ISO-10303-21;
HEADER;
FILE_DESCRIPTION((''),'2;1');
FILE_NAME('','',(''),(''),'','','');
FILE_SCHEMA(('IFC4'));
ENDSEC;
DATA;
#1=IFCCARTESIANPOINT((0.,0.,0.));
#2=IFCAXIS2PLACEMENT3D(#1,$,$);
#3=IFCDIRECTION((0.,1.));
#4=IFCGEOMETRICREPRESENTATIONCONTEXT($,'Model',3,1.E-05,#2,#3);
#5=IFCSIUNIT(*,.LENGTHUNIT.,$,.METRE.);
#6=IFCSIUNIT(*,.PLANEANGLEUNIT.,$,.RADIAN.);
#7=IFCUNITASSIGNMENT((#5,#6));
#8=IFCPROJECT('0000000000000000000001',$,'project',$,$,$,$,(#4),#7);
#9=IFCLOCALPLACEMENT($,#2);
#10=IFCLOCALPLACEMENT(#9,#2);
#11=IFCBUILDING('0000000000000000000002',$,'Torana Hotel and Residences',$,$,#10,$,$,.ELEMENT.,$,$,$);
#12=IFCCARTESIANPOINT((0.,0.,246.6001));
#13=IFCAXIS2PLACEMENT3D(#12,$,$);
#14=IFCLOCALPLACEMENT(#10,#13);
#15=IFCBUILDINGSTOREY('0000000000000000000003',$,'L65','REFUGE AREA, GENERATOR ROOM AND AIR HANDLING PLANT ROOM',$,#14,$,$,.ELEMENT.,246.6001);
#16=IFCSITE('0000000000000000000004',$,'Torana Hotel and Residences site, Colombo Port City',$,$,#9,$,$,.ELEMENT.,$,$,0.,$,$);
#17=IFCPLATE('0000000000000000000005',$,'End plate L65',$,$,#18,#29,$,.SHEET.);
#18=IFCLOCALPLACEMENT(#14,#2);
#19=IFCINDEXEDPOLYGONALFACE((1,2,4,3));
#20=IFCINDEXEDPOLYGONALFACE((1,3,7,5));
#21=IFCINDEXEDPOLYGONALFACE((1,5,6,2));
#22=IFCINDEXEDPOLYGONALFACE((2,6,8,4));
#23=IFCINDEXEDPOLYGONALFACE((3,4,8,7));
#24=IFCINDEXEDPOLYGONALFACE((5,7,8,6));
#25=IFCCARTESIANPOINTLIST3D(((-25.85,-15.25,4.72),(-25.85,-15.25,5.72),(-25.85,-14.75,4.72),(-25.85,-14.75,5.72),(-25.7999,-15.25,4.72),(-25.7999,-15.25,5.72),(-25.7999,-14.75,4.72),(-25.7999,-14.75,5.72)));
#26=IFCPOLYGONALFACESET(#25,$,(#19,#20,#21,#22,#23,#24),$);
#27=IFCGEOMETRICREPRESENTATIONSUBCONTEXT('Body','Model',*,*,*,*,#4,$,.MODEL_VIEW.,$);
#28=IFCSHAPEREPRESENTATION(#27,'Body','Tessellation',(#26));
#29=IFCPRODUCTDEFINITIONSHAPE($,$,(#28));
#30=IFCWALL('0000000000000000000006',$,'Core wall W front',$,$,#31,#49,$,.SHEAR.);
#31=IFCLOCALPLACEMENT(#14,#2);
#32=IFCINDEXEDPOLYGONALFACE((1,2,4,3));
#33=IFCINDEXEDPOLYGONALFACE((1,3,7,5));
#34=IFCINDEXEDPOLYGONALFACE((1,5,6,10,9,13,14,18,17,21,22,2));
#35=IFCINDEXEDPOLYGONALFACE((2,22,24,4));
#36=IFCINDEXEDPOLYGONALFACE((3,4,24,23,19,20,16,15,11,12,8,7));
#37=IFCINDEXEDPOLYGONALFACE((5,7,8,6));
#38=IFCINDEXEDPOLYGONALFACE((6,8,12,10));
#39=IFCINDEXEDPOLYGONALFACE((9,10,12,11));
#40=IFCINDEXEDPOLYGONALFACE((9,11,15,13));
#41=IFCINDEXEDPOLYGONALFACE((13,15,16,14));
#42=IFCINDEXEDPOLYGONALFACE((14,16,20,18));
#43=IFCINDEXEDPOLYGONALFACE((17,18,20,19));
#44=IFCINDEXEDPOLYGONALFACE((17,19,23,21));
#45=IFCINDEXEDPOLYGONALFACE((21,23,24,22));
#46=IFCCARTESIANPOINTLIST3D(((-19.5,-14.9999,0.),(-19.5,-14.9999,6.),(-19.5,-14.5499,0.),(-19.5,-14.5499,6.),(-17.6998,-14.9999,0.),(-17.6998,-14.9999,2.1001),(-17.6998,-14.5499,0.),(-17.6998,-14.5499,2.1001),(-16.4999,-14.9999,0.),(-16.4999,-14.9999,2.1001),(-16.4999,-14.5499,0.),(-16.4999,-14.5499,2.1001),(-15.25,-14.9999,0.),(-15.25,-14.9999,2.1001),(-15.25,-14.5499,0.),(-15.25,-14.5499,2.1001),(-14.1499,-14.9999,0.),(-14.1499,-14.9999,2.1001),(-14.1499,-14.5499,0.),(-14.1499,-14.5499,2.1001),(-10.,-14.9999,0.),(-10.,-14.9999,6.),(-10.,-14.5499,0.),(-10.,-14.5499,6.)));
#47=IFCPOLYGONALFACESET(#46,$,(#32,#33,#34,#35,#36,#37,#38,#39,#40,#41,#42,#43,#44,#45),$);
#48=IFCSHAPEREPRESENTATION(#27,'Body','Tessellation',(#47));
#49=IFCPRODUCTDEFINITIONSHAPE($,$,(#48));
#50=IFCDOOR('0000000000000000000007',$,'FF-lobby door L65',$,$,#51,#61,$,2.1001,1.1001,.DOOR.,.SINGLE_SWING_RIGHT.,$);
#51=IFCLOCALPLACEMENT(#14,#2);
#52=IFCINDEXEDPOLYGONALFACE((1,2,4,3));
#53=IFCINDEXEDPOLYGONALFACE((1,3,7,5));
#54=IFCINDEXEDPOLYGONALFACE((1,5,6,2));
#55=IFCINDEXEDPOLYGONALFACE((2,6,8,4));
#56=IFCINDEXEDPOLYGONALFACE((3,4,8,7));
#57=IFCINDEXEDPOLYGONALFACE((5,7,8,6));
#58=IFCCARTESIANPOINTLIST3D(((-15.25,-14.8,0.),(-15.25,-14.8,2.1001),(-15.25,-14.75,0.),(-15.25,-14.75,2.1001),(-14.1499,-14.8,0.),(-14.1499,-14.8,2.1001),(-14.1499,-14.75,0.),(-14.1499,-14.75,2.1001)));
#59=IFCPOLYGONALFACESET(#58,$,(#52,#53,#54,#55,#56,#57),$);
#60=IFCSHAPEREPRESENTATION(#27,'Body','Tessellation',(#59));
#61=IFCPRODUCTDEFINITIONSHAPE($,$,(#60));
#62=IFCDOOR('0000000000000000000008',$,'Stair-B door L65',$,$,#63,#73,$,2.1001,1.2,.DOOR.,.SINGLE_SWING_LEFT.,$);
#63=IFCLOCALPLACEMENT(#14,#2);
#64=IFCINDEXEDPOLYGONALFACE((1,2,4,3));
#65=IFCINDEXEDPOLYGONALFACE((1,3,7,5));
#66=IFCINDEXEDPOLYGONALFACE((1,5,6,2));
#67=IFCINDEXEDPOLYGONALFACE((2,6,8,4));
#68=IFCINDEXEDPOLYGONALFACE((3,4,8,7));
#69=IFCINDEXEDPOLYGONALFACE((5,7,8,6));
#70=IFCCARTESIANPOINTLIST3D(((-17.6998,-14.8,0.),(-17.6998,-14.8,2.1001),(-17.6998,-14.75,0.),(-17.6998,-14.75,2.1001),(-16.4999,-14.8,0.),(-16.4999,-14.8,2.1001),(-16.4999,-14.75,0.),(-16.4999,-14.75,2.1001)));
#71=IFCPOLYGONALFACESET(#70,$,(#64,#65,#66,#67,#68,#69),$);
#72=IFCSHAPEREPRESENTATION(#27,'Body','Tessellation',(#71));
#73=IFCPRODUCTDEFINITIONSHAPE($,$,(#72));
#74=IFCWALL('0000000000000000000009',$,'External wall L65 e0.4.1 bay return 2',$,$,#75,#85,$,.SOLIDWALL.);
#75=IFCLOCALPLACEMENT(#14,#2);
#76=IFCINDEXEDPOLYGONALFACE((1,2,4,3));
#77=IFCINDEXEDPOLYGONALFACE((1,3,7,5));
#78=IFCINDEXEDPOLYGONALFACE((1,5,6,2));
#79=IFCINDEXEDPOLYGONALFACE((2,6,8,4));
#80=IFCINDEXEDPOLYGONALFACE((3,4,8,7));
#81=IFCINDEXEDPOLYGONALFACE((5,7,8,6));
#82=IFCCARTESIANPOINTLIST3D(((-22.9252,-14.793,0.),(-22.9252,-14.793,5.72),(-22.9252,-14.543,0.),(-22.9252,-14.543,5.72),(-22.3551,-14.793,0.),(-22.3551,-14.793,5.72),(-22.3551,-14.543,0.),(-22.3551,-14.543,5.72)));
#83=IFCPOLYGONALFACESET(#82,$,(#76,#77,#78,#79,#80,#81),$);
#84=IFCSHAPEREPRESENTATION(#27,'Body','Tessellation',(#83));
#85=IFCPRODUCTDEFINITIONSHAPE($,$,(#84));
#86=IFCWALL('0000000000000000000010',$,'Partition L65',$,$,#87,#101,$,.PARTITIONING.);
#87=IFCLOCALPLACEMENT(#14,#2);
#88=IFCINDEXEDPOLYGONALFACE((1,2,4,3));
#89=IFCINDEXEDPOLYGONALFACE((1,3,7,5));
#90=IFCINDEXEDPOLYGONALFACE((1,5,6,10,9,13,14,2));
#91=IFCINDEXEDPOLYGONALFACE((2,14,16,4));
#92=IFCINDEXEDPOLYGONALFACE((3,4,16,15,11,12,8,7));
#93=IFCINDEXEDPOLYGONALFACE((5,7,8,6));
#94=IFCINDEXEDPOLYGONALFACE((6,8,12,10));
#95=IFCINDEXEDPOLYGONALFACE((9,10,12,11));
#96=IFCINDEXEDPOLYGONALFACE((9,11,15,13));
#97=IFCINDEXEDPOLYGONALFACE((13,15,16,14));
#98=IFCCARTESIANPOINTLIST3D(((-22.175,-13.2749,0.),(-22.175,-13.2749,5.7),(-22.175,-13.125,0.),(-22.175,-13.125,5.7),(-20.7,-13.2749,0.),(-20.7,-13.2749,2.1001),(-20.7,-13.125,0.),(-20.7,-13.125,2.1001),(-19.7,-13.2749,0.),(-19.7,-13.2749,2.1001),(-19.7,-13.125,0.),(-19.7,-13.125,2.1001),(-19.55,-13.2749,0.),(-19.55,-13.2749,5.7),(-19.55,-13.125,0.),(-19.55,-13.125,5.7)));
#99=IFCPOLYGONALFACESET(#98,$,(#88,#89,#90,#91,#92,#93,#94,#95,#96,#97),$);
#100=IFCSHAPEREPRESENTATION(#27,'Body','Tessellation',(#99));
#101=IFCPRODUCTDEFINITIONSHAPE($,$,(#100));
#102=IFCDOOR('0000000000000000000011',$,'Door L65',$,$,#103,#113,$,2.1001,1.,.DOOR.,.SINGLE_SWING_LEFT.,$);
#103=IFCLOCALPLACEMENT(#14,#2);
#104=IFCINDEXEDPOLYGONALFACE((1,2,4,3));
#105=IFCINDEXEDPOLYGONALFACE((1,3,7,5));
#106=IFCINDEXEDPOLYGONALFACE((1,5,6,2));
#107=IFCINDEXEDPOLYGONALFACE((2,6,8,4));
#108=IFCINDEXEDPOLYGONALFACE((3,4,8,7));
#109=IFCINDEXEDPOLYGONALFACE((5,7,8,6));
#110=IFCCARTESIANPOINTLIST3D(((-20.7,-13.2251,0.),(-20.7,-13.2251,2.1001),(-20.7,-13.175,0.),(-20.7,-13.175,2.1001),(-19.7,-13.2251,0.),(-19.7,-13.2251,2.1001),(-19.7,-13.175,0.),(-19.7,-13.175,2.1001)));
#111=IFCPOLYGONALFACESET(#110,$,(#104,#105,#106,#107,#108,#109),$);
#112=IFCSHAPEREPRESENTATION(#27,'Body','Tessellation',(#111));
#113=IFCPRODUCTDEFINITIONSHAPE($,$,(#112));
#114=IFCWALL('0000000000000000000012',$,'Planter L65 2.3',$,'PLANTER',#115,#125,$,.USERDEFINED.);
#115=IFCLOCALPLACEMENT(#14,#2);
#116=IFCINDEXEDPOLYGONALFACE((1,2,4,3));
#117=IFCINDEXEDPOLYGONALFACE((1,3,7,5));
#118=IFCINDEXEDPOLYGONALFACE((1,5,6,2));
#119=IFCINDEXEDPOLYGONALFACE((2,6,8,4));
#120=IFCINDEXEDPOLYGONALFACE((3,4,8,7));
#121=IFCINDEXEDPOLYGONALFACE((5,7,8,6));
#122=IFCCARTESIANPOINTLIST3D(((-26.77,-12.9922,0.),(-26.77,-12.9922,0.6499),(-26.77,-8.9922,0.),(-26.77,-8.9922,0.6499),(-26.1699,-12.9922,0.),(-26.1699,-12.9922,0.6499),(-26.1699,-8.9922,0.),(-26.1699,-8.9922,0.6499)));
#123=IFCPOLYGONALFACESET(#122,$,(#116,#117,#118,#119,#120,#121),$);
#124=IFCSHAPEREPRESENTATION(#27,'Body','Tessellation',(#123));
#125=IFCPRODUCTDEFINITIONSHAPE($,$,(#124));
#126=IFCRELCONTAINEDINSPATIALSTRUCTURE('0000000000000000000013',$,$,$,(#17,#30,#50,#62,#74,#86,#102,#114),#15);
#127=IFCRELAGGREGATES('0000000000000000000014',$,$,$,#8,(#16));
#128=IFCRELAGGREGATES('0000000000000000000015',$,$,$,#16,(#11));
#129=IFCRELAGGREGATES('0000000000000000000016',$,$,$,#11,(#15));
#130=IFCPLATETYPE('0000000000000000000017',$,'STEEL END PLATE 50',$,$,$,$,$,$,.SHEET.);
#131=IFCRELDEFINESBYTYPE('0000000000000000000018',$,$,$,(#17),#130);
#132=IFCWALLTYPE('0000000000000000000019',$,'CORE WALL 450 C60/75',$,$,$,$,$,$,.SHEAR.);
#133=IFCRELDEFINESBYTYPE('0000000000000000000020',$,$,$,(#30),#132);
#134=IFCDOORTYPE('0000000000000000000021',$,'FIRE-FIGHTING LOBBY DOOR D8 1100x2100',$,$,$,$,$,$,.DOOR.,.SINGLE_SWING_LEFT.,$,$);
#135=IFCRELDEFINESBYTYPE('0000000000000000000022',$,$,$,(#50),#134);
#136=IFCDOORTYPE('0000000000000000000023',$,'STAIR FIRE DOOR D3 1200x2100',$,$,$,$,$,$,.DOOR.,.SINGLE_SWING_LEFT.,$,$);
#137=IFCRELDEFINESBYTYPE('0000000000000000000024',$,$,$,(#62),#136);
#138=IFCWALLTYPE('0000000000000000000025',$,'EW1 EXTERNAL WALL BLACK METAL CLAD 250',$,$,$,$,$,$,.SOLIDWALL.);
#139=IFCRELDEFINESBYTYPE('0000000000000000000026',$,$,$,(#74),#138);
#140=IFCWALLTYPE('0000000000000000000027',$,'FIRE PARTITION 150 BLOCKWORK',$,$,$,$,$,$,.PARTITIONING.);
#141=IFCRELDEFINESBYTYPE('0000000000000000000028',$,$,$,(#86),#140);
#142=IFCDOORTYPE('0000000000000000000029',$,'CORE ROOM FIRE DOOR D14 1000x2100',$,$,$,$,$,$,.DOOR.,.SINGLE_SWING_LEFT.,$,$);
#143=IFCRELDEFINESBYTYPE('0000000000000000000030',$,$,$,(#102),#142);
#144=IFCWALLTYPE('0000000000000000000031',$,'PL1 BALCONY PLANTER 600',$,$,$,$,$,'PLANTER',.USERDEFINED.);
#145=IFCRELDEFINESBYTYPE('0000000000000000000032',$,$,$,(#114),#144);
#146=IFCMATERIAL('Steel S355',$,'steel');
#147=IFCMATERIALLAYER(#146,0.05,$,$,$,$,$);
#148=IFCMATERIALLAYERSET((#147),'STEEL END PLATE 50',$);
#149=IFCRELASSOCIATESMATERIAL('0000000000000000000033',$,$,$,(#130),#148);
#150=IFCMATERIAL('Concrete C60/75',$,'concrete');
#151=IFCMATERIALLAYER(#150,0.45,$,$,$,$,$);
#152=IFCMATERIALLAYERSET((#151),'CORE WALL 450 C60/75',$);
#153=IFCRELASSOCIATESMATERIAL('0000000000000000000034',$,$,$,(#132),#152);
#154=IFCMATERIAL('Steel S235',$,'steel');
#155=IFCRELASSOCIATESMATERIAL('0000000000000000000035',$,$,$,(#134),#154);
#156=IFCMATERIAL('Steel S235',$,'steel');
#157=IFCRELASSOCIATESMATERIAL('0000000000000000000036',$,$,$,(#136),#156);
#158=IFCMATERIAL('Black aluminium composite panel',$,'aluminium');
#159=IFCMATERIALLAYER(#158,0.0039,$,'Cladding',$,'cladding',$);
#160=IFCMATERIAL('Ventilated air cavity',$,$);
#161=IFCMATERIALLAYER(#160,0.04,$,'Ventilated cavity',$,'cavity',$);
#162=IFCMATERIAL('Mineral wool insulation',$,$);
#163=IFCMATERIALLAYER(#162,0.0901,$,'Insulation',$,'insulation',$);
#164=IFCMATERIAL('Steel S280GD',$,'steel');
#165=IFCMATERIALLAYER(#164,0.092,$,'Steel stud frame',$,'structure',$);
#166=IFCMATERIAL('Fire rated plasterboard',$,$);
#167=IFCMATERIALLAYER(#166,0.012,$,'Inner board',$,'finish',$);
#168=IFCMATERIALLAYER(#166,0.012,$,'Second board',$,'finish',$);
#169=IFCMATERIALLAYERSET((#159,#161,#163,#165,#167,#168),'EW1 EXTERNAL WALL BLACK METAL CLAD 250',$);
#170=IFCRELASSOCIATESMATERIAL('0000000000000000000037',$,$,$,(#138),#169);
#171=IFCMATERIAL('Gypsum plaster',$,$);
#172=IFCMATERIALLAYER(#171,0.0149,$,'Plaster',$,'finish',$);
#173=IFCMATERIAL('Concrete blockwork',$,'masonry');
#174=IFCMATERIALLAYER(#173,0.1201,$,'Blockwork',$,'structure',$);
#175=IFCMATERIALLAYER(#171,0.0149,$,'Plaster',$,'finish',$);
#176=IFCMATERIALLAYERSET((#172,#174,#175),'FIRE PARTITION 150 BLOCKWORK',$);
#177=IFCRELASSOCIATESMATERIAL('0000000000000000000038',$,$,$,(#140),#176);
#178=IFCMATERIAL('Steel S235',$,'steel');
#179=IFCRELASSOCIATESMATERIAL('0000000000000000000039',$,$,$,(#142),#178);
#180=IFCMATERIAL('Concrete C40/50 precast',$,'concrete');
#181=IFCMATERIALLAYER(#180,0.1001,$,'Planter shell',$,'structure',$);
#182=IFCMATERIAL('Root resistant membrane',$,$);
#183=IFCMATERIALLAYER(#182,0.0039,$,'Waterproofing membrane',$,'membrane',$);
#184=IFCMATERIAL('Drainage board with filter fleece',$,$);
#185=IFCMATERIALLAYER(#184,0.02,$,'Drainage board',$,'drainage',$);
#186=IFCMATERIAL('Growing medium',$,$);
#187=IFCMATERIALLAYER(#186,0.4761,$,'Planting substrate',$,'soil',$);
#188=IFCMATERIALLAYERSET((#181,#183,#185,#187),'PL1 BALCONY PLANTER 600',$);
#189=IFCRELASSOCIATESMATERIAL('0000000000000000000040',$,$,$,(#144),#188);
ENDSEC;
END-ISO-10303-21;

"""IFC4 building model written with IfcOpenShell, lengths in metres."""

from ifc_helpers import new_model, si_unit, direction, frame, frame_2d, origin, origin_2d, place, context, subcontext, project, spatial, rectangle, extrude, material, layer, layer_set, type_object, element, fill, save


model = new_model("IFC4")

# Units and contexts
model_context = context("Model", 3, precision=1e-05, world=origin(), true_north=direction((0.0, 1.0)))
body_context = subcontext(model_context, "Body", "Model", "MODEL_VIEW")
ifc_project = project(units=[si_unit("LENGTHUNIT", "METRE"), si_unit("PLANEANGLEUNIT", "RADIAN")], contexts=[model_context])

# Site, building, storey
site_placement = place(None, origin())
site = spatial("IfcSite", under=ifc_project, at=site_placement, Name="Torana Hotel and Residences site, Colombo Port City", CompositionType="ELEMENT", RefElevation=0.0)
building_placement = place(site_placement, origin())
building = spatial("IfcBuilding", under=site, at=building_placement, Name="Torana Hotel and Residences", CompositionType="ELEMENT")
storey_placement = place(building_placement, frame((0.0, 0.0, 246.6001)))
storey = spatial("IfcBuildingStorey", under=building, at=storey_placement, Name="L65", Description="REFUGE AREA, GENERATOR ROOM AND AIR HANDLING PLANT ROOM", CompositionType="ELEMENT", Elevation=246.6001)

# Plate
ifc_material_1 = material(Name="Steel S355", Category="steel")
ifc_layer_1 = layer(ifc_material_1, 0.05)
ifc_layer_set_1 = layer_set([ifc_layer_1], Name="STEEL END PLATE 50")
plate_type = type_object("IfcPlateType", Name="STEEL END PLATE 50", PredefinedType="SHEET", material=ifc_layer_set_1)
for number, where, z_axis, x_axis, name in (
    (1, (-25.825, -15.0, 4.72), (0.0, 0.0, 1.0), (-1.0, 0.0, 0.0), "End plate L65"),
):
    element("IfcPlate", number, at=place(storey_placement, frame(where, z_axis=z_axis, x_axis=x_axis)), inside=storey, type_object=plate_type, Name=name, PredefinedType="SHEET", context=body_context, shape_type="SweptSolid", body=[
        extrude(rectangle(XDim=0.05, YDim=0.5, at=origin_2d()), origin(), (0.0, 0.0, 1.0), 1.0),
    ])

# Wall, openings, doors
ifc_material_2 = material(Name="Concrete C60/75", Category="concrete")
ifc_layer_2 = layer(ifc_material_2, 0.45)
ifc_layer_set_2 = layer_set([ifc_layer_2], Name="CORE WALL 450 C60/75")
wall_type_1 = type_object("IfcWallType", Name="CORE WALL 450 C60/75", PredefinedType="SHEAR", material=ifc_layer_set_2)
wall_1_placement = place(storey_placement, frame((-19.5, -14.7749, 0.0), z_axis=(0.0, 0.0, 1.0), x_axis=(1.0, 0.0, 0.0)))
wall_1 = element("IfcWall", 2, at=wall_1_placement, inside=storey, type_object=wall_type_1, Name="Core wall W front", PredefinedType="SHEAR", context=body_context, shape_type="SweptSolid", body=[
    extrude(rectangle(XDim=9.5, YDim=0.45, at=frame_2d((4.75, 0.0))), origin(), (0.0, 0.0, 1.0), 6.0),
])
opening_1_placement = place(wall_1_placement, frame((1.8, 0.0, 0.0)))
opening_1 = element("IfcOpeningElement", 3, at=opening_1_placement, cuts=wall_1, PredefinedType="OPENING", context=body_context, shape_type="SweptSolid", body=[
    extrude(rectangle(XDim=1.2, YDim=2.1001, at=frame_2d((0.6001, 1.05))), frame((0.0, 0.2349, 0.0), z_axis=(0.0, -1.0, 0.0), x_axis=(1.0, 0.0, 0.0)), (0.0, 0.0, 1.0), 0.47),
])
opening_2_placement = place(wall_1_placement, frame((4.25, 0.0, 0.0)))
opening_2 = element("IfcOpeningElement", 4, at=opening_2_placement, cuts=wall_1, PredefinedType="OPENING", context=body_context, shape_type="SweptSolid", body=[
    extrude(rectangle(XDim=1.1001, YDim=2.1001, at=frame_2d((0.55, 1.05))), frame((0.0, 0.2349, 0.0), z_axis=(0.0, -1.0, 0.0), x_axis=(1.0, 0.0, 0.0)), (0.0, 0.0, 1.0), 0.47),
])
ifc_material_3 = material(Name="Steel S235", Category="steel")
door_type_1 = type_object("IfcDoorType", Name="FIRE-FIGHTING LOBBY DOOR D8 1100x2100", OperationType="SINGLE_SWING_LEFT", PredefinedType="DOOR", material=ifc_material_3)
door_1_placement = place(opening_2_placement, origin())
door_1 = element("IfcDoor", 5, at=door_1_placement, inside=storey, type_object=door_type_1, Name="FF-lobby door L65", OperationType="SINGLE_SWING_RIGHT", OverallHeight=2.1001, OverallWidth=1.1001, PredefinedType="DOOR", context=body_context, shape_type="SweptSolid", body=[
    extrude(rectangle(XDim=1.1001, YDim=2.1001, at=frame_2d((0.55, 1.05))), frame((0.0, 0.0249, 0.0), z_axis=(0.0, -1.0, 0.0), x_axis=(1.0, 0.0, 0.0)), (0.0, 0.0, 1.0), 0.05),
])
fill(opening_2, door_1)
ifc_material_4 = material(Name="Steel S235", Category="steel")
door_type_2 = type_object("IfcDoorType", Name="STAIR FIRE DOOR D3 1200x2100", OperationType="SINGLE_SWING_LEFT", PredefinedType="DOOR", material=ifc_material_4)
door_2_placement = place(opening_1_placement, origin())
door_2 = element("IfcDoor", 6, at=door_2_placement, inside=storey, type_object=door_type_2, Name="Stair-B door L65", OperationType="SINGLE_SWING_LEFT", OverallHeight=2.1001, OverallWidth=1.2, PredefinedType="DOOR", context=body_context, shape_type="SweptSolid", body=[
    extrude(rectangle(XDim=1.2, YDim=2.1001, at=frame_2d((0.6001, 1.05))), frame((0.0, 0.0249, 0.0), z_axis=(0.0, -1.0, 0.0), x_axis=(1.0, 0.0, 0.0)), (0.0, 0.0, 1.0), 0.05),
])
fill(opening_1, door_2)

# Wall
ifc_material_5 = material(Name="Black aluminium composite panel", Category="aluminium")
ifc_layer_3 = layer(ifc_material_5, 0.0039, Name="Cladding", Category="cladding")
ifc_material_6 = material(Name="Ventilated air cavity")
ifc_layer_4 = layer(ifc_material_6, 0.04, Name="Ventilated cavity", Category="cavity")
ifc_material_7 = material(Name="Mineral wool insulation")
ifc_layer_5 = layer(ifc_material_7, 0.0901, Name="Insulation", Category="insulation")
ifc_material_8 = material(Name="Steel S280GD", Category="steel")
ifc_layer_6 = layer(ifc_material_8, 0.092, Name="Steel stud frame", Category="structure")
ifc_material_9 = material(Name="Fire rated plasterboard")
ifc_layer_7 = layer(ifc_material_9, 0.012, Name="Inner board", Category="finish")
ifc_layer_8 = layer(ifc_material_9, 0.012, Name="Second board", Category="finish")
ifc_layer_set_3 = layer_set([ifc_layer_3, ifc_layer_4, ifc_layer_5, ifc_layer_6, ifc_layer_7, ifc_layer_8], Name="EW1 EXTERNAL WALL BLACK METAL CLAD 250")
wall_type_2 = type_object("IfcWallType", Name="EW1 EXTERNAL WALL BLACK METAL CLAD 250", PredefinedType="SOLIDWALL", material=ifc_layer_set_3)
wall_2_placement = place(storey_placement, frame((-22.355, -14.668, 0.0), z_axis=(0.0, 0.0, 1.0), x_axis=(-1.0, 0.0, 0.0)))
element("IfcWall", 7, at=wall_2_placement, inside=storey, type_object=wall_type_2, Name="External wall L65 e0.4.1 bay return 2", PredefinedType="SOLIDWALL", context=body_context, shape_type="SweptSolid", body=[
    extrude(rectangle(XDim=0.5701, YDim=0.25, at=frame_2d((0.2852, 0.0))), origin(), (0.0, 0.0, 1.0), 5.72),
])

# Wall, opening, door
ifc_material_10 = material(Name="Gypsum plaster")
ifc_layer_9 = layer(ifc_material_10, 0.0149, Name="Plaster", Category="finish")
ifc_material_11 = material(Name="Concrete blockwork", Category="masonry")
ifc_layer_10 = layer(ifc_material_11, 0.1201, Name="Blockwork", Category="structure")
ifc_layer_11 = layer(ifc_material_10, 0.0149, Name="Plaster", Category="finish")
ifc_layer_set_4 = layer_set([ifc_layer_9, ifc_layer_10, ifc_layer_11], Name="FIRE PARTITION 150 BLOCKWORK")
wall_type_3 = type_object("IfcWallType", Name="FIRE PARTITION 150 BLOCKWORK", PredefinedType="PARTITIONING", material=ifc_layer_set_4)
wall_3_placement = place(storey_placement, frame((-22.175, -13.2, 0.0), z_axis=(0.0, 0.0, 1.0), x_axis=(1.0, 0.0, 0.0)))
wall_3 = element("IfcWall", 8, at=wall_3_placement, inside=storey, type_object=wall_type_3, Name="Partition L65", PredefinedType="PARTITIONING", context=body_context, shape_type="SweptSolid", body=[
    extrude(rectangle(XDim=2.625, YDim=0.1499, at=frame_2d((1.3125, 0.0))), origin(), (0.0, 0.0, 1.0), 5.7),
])
opening_3_placement = place(wall_3_placement, frame((1.4751, 0.0, 0.0)))
opening_3 = element("IfcOpeningElement", 9, at=opening_3_placement, cuts=wall_3, PredefinedType="OPENING", context=body_context, shape_type="SweptSolid", body=[
    extrude(rectangle(XDim=1.0, YDim=2.1001, at=frame_2d((0.5, 1.05))), frame((0.0, 0.085, 0.0), z_axis=(0.0, -1.0, 0.0), x_axis=(1.0, 0.0, 0.0)), (0.0, 0.0, 1.0), 0.1699),
])
ifc_material_12 = material(Name="Steel S235", Category="steel")
door_type_3 = type_object("IfcDoorType", Name="CORE ROOM FIRE DOOR D14 1000x2100", OperationType="SINGLE_SWING_LEFT", PredefinedType="DOOR", material=ifc_material_12)
door_3_placement = place(opening_3_placement, origin())
door_3 = element("IfcDoor", 10, at=door_3_placement, inside=storey, type_object=door_type_3, Name="Door L65", OperationType="SINGLE_SWING_LEFT", OverallHeight=2.1001, OverallWidth=1.0, PredefinedType="DOOR", context=body_context, shape_type="SweptSolid", body=[
    extrude(rectangle(XDim=1.0, YDim=2.1001, at=frame_2d((0.5, 1.05))), frame((0.0, 0.0249, 0.0), z_axis=(0.0, -1.0, 0.0), x_axis=(1.0, 0.0, 0.0)), (0.0, 0.0, 1.0), 0.05),
])
fill(opening_3, door_3)

# Wall
ifc_material_13 = material(Name="Concrete C40/50 precast", Category="concrete")
ifc_layer_12 = layer(ifc_material_13, 0.1001, Name="Planter shell", Category="structure")
ifc_material_14 = material(Name="Root resistant membrane")
ifc_layer_13 = layer(ifc_material_14, 0.0039, Name="Waterproofing membrane", Category="membrane")
ifc_material_15 = material(Name="Drainage board with filter fleece")
ifc_layer_14 = layer(ifc_material_15, 0.02, Name="Drainage board", Category="drainage")
ifc_material_16 = material(Name="Growing medium")
ifc_layer_15 = layer(ifc_material_16, 0.4761, Name="Planting substrate", Category="soil")
ifc_layer_set_5 = layer_set([ifc_layer_12, ifc_layer_13, ifc_layer_14, ifc_layer_15], Name="PL1 BALCONY PLANTER 600")
wall_type_4 = type_object("IfcWallType", Name="PL1 BALCONY PLANTER 600", ElementType="PLANTER", PredefinedType="USERDEFINED", material=ifc_layer_set_5)
wall_4_placement = place(storey_placement, frame((-26.47, -12.9922, 0.0), z_axis=(0.0, 0.0, 1.0), x_axis=(0.0, 1.0, 0.0)))
element("IfcWall", 11, at=wall_4_placement, inside=storey, type_object=wall_type_4, Name="Planter L65 2.3", ObjectType="PLANTER", PredefinedType="USERDEFINED", context=body_context, shape_type="SweptSolid", body=[
    extrude(rectangle(XDim=4.0, YDim=0.6001, at=frame_2d((2.0, 0.0))), origin(), (0.0, 0.0, 1.0), 0.6499),
])

save(model, "model.ifc")
